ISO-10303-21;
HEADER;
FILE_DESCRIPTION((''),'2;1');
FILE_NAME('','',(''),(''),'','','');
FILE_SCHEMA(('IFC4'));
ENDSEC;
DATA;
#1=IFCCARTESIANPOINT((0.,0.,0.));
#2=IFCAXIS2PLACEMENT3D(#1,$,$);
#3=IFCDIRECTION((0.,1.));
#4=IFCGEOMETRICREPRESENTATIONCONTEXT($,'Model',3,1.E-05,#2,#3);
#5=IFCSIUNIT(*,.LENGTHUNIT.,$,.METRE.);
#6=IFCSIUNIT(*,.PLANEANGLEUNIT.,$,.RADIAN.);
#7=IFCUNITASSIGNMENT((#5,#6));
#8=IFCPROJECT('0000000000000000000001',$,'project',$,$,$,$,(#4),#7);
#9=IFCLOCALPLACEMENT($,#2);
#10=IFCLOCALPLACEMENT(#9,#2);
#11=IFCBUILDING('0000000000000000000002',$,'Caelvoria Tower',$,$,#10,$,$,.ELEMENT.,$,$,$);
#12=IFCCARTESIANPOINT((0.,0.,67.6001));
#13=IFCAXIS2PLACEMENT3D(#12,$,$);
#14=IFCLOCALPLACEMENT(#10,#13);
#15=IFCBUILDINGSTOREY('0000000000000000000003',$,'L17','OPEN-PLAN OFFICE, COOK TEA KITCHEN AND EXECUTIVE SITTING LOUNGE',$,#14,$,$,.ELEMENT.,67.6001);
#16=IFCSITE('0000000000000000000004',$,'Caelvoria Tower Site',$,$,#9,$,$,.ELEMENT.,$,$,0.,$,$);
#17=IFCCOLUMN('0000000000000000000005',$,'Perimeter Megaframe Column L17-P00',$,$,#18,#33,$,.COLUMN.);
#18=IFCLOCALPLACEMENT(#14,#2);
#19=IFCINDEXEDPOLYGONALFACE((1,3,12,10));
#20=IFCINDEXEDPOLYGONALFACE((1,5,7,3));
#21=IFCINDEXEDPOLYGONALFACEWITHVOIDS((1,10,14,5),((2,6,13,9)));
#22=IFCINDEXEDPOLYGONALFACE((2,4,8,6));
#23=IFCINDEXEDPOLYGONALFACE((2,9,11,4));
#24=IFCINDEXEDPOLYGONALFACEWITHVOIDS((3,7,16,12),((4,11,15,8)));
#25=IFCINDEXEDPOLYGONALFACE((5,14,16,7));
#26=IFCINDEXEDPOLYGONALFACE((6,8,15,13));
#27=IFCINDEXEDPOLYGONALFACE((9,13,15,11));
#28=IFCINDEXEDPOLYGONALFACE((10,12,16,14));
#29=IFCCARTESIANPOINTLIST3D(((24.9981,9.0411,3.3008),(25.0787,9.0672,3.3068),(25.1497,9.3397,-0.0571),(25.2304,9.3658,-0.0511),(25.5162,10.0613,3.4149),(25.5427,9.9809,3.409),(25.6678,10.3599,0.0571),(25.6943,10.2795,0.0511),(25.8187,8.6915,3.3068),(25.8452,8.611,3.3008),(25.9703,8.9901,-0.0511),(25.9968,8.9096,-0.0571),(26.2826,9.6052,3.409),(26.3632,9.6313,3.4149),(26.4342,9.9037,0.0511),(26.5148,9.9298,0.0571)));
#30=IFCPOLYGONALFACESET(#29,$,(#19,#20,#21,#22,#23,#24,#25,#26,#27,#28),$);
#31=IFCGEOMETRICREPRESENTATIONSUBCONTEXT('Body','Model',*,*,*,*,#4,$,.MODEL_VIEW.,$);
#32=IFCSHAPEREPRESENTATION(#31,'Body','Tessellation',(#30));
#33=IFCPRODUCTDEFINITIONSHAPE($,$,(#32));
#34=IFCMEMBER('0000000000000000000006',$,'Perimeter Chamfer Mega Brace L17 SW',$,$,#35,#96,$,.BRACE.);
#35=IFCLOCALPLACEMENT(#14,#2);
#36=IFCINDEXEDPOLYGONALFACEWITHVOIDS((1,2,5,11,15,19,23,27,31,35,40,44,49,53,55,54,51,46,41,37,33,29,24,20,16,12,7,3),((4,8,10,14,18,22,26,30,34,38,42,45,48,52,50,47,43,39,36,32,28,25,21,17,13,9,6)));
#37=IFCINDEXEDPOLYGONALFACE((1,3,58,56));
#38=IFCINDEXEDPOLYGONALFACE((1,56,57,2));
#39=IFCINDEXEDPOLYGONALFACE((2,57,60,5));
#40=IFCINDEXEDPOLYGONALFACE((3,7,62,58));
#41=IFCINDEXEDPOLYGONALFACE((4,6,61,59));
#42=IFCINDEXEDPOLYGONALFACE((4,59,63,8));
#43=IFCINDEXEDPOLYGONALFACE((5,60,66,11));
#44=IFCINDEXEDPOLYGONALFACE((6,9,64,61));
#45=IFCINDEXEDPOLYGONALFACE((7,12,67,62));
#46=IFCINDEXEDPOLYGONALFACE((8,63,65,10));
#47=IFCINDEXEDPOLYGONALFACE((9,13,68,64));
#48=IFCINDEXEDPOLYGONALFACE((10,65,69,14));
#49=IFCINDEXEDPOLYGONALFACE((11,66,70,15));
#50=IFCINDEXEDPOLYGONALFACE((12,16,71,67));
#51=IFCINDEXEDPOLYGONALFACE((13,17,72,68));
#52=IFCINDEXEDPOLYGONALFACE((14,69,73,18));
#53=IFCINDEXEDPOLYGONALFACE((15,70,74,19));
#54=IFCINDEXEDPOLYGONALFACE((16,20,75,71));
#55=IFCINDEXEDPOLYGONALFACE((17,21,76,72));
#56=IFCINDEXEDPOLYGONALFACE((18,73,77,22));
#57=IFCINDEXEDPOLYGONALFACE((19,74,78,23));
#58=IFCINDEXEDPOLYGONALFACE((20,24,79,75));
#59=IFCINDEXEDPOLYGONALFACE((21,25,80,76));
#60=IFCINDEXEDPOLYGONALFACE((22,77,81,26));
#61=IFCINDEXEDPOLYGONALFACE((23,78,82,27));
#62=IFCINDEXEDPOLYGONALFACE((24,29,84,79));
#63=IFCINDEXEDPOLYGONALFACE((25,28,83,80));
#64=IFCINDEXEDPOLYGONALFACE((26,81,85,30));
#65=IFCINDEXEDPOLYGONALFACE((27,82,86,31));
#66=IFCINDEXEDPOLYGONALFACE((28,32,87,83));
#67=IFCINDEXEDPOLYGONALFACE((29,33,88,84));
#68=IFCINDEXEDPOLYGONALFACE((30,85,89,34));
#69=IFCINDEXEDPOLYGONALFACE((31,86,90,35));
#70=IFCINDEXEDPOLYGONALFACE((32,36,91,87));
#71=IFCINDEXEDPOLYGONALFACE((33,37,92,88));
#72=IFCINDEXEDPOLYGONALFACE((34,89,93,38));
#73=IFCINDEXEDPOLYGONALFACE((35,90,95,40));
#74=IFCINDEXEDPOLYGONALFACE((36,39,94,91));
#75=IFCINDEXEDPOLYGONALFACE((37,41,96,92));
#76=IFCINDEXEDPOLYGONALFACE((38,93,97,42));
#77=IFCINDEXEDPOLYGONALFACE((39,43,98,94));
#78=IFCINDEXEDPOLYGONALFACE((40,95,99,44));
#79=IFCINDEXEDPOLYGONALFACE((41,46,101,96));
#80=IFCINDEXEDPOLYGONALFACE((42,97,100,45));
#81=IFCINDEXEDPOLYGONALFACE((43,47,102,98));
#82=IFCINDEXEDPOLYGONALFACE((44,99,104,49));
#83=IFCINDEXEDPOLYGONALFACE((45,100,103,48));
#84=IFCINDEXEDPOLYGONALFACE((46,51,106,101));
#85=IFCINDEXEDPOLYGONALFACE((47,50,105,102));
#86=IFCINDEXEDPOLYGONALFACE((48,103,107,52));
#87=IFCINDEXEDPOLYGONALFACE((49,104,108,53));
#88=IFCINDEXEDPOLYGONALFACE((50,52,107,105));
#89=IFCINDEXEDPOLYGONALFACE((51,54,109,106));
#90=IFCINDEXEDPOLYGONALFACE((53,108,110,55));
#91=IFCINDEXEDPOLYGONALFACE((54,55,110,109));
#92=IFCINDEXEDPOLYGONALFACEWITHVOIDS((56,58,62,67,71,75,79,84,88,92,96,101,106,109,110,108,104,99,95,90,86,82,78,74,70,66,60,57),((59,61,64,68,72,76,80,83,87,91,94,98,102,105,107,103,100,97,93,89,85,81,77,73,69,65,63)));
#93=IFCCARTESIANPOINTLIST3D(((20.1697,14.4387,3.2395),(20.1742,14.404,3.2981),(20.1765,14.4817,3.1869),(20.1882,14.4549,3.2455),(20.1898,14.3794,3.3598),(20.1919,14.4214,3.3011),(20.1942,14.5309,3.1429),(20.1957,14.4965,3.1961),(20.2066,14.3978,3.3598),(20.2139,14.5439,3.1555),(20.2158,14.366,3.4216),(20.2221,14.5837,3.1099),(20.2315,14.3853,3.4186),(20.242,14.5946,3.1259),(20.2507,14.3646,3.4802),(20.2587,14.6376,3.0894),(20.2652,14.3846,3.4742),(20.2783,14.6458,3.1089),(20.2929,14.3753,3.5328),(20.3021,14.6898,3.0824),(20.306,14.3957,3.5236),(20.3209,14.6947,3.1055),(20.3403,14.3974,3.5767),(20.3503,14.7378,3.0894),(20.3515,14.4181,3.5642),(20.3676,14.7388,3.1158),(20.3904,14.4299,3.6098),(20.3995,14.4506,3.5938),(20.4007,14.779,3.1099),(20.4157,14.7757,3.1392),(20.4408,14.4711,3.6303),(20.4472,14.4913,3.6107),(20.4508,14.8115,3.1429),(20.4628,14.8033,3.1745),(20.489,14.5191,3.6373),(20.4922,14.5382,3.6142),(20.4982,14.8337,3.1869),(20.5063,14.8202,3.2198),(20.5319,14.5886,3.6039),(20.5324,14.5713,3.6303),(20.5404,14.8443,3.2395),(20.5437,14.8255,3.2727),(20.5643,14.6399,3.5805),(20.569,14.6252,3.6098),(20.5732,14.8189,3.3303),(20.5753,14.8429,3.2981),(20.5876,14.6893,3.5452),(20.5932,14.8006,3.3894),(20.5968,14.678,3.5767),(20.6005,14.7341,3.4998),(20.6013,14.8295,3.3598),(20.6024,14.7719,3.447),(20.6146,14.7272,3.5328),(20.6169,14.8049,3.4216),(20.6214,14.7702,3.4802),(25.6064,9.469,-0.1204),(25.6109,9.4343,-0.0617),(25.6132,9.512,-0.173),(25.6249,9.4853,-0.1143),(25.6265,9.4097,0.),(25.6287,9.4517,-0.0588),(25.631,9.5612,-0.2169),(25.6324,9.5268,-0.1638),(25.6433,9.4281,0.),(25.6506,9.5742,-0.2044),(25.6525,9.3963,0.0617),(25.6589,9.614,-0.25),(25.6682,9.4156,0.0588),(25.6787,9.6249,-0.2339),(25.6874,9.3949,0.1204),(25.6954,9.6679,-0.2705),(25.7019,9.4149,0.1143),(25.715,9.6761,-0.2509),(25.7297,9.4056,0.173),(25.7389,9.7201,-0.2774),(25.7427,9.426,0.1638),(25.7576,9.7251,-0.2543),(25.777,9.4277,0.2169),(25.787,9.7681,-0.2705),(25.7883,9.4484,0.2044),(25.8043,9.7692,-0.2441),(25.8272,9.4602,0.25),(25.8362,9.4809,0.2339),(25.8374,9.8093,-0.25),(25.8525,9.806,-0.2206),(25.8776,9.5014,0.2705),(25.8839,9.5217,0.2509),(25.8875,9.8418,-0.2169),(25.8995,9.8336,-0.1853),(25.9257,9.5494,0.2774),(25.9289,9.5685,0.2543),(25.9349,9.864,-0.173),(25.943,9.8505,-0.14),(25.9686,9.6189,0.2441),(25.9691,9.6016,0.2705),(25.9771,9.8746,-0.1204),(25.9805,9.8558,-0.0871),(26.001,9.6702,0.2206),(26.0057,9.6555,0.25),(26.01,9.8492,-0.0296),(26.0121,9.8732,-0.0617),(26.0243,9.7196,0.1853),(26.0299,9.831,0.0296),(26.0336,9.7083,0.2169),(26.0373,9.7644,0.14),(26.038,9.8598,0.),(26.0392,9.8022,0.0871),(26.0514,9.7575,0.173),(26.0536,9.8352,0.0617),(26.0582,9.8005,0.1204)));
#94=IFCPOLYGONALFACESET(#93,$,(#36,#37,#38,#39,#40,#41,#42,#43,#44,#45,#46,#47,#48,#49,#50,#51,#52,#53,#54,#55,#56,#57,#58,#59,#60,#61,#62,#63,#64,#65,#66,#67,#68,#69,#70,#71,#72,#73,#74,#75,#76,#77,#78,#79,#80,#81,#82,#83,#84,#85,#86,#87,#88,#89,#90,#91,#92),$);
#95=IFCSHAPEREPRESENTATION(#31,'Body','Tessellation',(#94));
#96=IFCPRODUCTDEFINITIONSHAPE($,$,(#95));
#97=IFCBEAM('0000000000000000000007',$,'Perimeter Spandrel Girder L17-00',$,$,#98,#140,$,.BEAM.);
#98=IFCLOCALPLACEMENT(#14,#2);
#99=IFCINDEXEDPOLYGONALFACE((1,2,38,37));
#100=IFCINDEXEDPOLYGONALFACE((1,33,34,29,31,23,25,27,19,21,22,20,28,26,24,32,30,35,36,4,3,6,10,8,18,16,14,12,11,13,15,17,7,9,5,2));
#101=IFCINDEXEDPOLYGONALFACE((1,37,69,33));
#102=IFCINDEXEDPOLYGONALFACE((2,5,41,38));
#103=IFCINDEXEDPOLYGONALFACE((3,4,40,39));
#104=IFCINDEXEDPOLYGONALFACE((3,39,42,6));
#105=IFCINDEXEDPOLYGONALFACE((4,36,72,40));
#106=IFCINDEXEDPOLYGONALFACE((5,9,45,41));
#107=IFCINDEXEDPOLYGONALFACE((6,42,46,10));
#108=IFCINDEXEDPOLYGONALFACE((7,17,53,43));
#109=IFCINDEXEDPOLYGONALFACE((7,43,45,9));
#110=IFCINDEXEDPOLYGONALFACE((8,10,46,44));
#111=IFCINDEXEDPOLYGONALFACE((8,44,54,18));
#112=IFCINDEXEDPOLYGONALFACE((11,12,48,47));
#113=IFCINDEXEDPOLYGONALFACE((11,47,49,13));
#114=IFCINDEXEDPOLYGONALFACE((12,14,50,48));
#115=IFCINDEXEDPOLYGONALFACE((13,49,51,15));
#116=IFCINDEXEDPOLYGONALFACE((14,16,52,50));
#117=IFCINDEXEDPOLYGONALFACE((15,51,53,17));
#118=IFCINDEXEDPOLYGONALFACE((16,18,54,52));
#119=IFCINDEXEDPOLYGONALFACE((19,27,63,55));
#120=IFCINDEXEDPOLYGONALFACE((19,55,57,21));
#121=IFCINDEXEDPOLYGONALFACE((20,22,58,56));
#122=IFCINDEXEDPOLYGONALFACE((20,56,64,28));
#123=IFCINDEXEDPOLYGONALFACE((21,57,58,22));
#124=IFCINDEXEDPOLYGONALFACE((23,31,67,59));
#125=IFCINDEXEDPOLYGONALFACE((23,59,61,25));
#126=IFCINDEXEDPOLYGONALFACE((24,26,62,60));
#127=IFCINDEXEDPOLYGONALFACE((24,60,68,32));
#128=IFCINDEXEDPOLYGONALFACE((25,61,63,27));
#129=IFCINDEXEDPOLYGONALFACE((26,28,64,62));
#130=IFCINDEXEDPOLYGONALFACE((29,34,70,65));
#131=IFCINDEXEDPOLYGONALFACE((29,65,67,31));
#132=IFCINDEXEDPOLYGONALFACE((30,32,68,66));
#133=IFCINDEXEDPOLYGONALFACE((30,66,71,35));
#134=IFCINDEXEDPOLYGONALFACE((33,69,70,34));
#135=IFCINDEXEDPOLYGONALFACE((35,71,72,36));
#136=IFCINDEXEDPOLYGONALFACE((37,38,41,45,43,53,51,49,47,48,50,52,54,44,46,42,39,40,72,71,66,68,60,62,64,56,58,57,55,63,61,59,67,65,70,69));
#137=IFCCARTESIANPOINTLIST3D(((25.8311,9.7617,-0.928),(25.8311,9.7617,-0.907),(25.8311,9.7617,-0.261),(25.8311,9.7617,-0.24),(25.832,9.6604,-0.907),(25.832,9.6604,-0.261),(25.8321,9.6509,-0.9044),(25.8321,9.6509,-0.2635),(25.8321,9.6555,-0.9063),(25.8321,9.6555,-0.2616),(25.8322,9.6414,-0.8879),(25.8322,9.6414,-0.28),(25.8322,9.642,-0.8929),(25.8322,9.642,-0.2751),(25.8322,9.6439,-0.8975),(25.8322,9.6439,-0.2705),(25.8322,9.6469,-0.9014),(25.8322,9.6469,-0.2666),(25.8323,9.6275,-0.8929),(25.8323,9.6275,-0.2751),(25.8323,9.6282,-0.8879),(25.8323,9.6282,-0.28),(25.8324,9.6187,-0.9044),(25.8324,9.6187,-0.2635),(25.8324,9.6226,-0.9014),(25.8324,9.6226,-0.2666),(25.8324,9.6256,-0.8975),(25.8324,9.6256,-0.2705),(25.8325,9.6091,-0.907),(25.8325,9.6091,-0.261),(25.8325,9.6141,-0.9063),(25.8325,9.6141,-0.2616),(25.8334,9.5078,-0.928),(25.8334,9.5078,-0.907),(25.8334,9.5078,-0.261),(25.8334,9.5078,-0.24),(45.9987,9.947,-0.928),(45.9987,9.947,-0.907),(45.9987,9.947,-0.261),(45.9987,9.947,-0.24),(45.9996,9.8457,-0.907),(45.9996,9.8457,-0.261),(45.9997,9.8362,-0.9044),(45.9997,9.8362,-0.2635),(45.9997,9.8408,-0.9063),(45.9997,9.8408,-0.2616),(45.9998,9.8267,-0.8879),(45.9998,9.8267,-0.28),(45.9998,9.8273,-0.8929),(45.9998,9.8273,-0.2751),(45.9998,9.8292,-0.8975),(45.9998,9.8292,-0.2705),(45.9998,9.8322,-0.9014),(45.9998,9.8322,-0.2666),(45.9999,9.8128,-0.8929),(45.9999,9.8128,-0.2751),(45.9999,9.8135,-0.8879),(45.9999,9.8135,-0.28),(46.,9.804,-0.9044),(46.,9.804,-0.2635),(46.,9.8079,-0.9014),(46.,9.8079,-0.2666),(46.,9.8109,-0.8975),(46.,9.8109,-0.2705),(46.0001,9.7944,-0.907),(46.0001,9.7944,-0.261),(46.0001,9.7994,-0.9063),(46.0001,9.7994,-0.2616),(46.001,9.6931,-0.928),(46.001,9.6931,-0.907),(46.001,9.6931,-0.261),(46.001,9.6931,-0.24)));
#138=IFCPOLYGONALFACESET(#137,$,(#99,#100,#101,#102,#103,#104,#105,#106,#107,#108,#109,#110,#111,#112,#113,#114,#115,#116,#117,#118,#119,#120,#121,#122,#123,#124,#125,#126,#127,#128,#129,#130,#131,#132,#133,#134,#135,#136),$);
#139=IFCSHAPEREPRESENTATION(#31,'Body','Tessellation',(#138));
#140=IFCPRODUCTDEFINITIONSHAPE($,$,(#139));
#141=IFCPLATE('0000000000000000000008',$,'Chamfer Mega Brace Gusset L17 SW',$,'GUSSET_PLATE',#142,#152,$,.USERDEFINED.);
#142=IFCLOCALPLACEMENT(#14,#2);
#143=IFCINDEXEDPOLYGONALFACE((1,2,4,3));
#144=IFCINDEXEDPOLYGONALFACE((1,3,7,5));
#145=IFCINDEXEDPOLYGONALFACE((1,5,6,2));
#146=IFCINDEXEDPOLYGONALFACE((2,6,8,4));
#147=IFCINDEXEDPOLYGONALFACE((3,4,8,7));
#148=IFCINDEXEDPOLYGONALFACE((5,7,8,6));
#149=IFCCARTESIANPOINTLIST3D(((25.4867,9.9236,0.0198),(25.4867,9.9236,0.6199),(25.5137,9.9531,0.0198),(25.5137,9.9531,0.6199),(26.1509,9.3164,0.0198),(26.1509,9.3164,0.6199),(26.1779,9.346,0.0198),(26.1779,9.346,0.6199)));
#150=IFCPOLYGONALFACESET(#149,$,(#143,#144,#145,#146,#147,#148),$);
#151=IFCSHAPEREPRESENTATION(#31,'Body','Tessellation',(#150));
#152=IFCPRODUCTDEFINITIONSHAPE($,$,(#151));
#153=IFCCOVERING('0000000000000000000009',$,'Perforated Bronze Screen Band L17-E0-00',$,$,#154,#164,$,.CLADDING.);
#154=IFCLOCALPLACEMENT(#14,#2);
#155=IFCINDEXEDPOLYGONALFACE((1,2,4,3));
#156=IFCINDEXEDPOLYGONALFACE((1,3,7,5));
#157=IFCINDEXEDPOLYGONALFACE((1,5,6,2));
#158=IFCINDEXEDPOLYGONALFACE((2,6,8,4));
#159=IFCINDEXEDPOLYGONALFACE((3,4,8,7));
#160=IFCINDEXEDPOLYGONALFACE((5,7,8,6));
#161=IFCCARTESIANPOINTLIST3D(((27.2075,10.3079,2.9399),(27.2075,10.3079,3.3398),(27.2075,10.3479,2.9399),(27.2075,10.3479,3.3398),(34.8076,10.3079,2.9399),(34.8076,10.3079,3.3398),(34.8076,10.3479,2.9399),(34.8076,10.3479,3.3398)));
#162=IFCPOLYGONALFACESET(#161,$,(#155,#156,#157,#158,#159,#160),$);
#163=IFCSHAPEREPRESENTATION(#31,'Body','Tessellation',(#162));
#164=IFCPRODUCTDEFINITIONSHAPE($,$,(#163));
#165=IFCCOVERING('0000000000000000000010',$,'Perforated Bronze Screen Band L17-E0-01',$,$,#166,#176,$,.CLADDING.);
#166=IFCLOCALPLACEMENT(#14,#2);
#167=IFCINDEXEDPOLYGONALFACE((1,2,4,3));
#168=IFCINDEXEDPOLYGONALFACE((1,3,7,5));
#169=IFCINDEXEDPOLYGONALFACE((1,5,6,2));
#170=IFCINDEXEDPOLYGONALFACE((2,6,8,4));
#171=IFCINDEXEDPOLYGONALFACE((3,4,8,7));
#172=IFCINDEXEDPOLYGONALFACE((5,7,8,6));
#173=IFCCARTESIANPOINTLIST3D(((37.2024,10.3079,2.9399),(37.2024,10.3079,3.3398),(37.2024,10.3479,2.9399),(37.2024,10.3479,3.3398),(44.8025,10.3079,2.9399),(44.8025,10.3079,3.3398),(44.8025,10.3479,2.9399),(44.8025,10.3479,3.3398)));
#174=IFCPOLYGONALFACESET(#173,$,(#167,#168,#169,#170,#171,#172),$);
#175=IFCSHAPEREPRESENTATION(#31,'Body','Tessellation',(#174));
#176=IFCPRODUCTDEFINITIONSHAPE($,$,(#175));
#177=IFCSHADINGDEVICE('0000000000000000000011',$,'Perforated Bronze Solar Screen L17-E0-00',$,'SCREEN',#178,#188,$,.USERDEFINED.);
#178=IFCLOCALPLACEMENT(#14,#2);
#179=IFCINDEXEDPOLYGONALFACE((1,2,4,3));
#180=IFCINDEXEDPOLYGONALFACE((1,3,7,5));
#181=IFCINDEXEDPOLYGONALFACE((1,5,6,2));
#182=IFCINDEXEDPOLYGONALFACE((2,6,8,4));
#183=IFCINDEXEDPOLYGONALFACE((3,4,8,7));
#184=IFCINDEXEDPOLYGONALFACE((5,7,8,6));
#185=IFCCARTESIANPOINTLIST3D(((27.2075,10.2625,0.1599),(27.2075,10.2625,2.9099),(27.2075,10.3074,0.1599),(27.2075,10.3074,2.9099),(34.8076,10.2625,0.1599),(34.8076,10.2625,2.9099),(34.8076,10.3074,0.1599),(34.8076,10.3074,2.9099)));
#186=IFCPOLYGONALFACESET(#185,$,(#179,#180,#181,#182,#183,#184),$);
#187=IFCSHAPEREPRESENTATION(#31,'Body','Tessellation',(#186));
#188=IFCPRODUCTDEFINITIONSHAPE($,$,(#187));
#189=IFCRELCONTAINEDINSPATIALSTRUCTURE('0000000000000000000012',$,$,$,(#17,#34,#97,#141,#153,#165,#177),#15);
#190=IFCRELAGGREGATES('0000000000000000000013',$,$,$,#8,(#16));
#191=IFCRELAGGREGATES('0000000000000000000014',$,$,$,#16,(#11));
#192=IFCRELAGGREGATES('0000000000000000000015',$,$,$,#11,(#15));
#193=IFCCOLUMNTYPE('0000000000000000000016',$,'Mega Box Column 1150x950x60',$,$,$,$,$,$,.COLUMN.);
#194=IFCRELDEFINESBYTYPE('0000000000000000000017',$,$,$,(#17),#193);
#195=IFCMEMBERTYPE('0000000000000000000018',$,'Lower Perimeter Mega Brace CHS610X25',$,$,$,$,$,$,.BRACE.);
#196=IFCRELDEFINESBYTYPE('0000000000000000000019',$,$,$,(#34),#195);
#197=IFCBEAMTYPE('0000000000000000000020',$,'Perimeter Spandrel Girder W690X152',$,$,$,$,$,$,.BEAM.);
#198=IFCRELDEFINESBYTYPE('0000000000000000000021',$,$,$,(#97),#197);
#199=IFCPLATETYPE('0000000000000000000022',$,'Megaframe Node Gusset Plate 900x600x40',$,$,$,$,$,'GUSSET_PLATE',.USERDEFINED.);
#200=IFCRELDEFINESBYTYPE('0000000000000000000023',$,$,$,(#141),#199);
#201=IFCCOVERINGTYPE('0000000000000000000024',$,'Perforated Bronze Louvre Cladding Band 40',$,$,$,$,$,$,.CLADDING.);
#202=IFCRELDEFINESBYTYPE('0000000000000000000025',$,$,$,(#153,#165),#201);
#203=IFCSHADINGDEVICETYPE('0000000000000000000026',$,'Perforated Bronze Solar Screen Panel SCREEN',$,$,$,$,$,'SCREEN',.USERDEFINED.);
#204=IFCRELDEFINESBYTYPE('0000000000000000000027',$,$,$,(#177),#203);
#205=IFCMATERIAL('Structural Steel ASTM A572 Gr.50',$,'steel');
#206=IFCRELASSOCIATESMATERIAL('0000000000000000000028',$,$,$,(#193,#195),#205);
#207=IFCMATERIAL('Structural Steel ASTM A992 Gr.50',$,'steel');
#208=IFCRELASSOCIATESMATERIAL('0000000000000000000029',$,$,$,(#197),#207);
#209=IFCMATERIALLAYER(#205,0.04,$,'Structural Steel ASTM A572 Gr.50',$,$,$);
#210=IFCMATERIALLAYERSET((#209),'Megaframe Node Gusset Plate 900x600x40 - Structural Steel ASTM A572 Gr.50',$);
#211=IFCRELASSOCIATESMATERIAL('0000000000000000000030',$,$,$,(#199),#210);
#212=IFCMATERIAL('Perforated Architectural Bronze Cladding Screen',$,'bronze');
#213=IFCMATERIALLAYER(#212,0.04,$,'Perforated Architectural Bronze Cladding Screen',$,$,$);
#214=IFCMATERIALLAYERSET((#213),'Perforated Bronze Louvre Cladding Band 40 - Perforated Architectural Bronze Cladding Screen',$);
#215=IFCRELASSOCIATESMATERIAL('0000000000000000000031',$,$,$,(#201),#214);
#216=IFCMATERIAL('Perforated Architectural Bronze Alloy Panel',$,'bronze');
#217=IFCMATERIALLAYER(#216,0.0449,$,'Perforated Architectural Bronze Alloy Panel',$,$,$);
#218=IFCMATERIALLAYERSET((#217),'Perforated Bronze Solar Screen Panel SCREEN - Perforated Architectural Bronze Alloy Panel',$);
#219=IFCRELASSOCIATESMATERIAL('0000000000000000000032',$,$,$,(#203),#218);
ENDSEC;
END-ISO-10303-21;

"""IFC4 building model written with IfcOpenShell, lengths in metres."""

from ifc_helpers import new_model, si_unit, direction, frame, origin, origin_2d, place, context, subcontext, project, spatial, rectangle, hollow_rectangle, hollow_circle, i_section, extrude, material, layer, layer_set, material_profile, profile_set, type_object, element, save


model = new_model("IFC4")

# Units and contexts
model_context = context("Model", 3, precision=1e-05, world=origin(), true_north=direction((0.0, 1.0)))
body_context = subcontext(model_context, "Body", "Model", "MODEL_VIEW")
ifc_project = project(units=[si_unit("LENGTHUNIT", "METRE"), si_unit("PLANEANGLEUNIT", "RADIAN")], contexts=[model_context])

# Site, building, storey
site_placement = place(None, origin())
site = spatial("IfcSite", under=ifc_project, at=site_placement, Name="Caelvoria Tower Site", CompositionType="ELEMENT", RefElevation=0.0)
building_placement = place(site_placement, origin())
building = spatial("IfcBuilding", under=site, at=building_placement, Name="Caelvoria Tower", CompositionType="ELEMENT")
storey_placement = place(building_placement, frame((0.0, 0.0, 67.6001)))
storey = spatial("IfcBuildingStorey", under=building, at=storey_placement, Name="L17", Description="OPEN-PLAN OFFICE, COOK TEA KITCHEN AND EXECUTIVE SITTING LOUNGE", CompositionType="ELEMENT", Elevation=67.6001)

# Column
ifc_material_1 = material(Name="Structural Steel ASTM A572 Gr.50", Category="steel")
ifc_material_profile_1 = material_profile(ifc_material_1, hollow_rectangle(XDim=0.95, YDim=1.1499, WallThickness=0.0601, at=origin_2d()), Name="Structural Steel ASTM A572 Gr.50")
ifc_profile_set_1 = profile_set([ifc_material_profile_1], Name="BOX1150X950X60 - Structural Steel ASTM A572 Gr.50")
column_type = type_object("IfcColumnType", Name="Mega Box Column 1150x950x60", PredefinedType="COLUMN", material=ifc_profile_set_1)
column_placement = place(storey_placement, frame((25.8323, 9.6348, 0.0), z_axis=(-0.044928, -0.088481, 0.995064), x_axis=(0.89164, -0.452746, 0.0)))
element("IfcColumn", 1, at=column_placement, inside=storey, type_object=column_type, Name="Perimeter Megaframe Column L17-P00", PredefinedType="COLUMN", context=body_context, shape_type="SweptSolid", body=[
    extrude(hollow_rectangle(XDim=0.95, YDim=1.1499, WallThickness=0.0601, at=origin_2d()), origin(), (0.0, 0.0, 1.0), 3.3745),
])

# Member
ifc_material_profile_2 = material_profile(ifc_material_1, hollow_circle(Radius=0.3049, WallThickness=0.0249, at=origin_2d()), Name="Structural Steel ASTM A572 Gr.50")
ifc_profile_set_2 = profile_set([ifc_material_profile_2], Name="CHS610X25 - Structural Steel ASTM A572 Gr.50")
member_type = type_object("IfcMemberType", Name="Lower Perimeter Mega Brace CHS610X25", PredefinedType="BRACE", material=ifc_profile_set_2)
member_placement = place(storey_placement, frame((25.8323, 9.6348, 0.0), z_axis=(-0.671537, 0.613849, 0.415003), x_axis=(-0.674693, -0.738099, 0.0)))
element("IfcMember", 2, at=member_placement, inside=storey, type_object=member_type, Name="Perimeter Chamfer Mega Brace L17 SW", PredefinedType="BRACE", context=body_context, shape_type="SweptSolid", body=[
    extrude(hollow_circle(Radius=0.3049, WallThickness=0.0249, at=origin_2d()), origin(), (0.0, 0.0, 1.0), 8.0959),
])

# Beam
ifc_material_2 = material(Name="Structural Steel ASTM A992 Gr.50", Category="steel")
ifc_material_profile_3 = material_profile(ifc_material_2, i_section(OverallWidth=0.2539, OverallDepth=0.688, WebThickness=0.0132, FlangeThickness=0.021, FilletRadius=0.019, at=origin_2d()), Name="Structural Steel ASTM A992 Gr.50")
ifc_profile_set_3 = profile_set([ifc_material_profile_3], Name="W690X152 - Structural Steel ASTM A992 Gr.50")
beam_type = type_object("IfcBeamType", Name="Perimeter Spandrel Girder W690X152", PredefinedType="BEAM", material=ifc_profile_set_3)
beam_placement = place(storey_placement, frame((25.8323, 9.6348, -0.584), z_axis=(0.999958, 0.009188, 0.0), x_axis=(-0.009188, 0.999958, 0.0)))
element("IfcBeam", 3, at=beam_placement, inside=storey, type_object=beam_type, Name="Perimeter Spandrel Girder L17-00", PredefinedType="BEAM", context=body_context, shape_type="SweptSolid", body=[
    extrude(i_section(OverallWidth=0.2539, OverallDepth=0.688, WebThickness=0.0132, FlangeThickness=0.021, FilletRadius=0.019, at=origin_2d()), origin(), (0.0, 0.0, 1.0), 20.1685),
])

# Plate
ifc_layer_1 = layer(ifc_material_1, 0.04, Name="Structural Steel ASTM A572 Gr.50")
ifc_layer_set_1 = layer_set([ifc_layer_1], Name="Megaframe Node Gusset Plate 900x600x40 - Structural Steel ASTM A572 Gr.50")
plate_type = type_object("IfcPlateType", Name="Megaframe Node Gusset Plate 900x600x40", ElementType="GUSSET_PLATE", PredefinedType="USERDEFINED", material=ifc_layer_set_1)
plate_placement = place(storey_placement, frame((25.8323, 9.6348, 0.0198), z_axis=(0.0, 0.0, 1.0), x_axis=(-0.738076, 0.674717, 0.0)))
element("IfcPlate", 4, at=plate_placement, inside=storey, type_object=plate_type, Name="Chamfer Mega Brace Gusset L17 SW", ObjectType="GUSSET_PLATE", PredefinedType="USERDEFINED", context=body_context, shape_type="SweptSolid", body=[
    extrude(rectangle(XDim=0.8999, YDim=0.04, at=origin_2d()), origin(), (0.0, 0.0, 1.0), 0.6001),
])

# Coverings
ifc_material_3 = material(Name="Perforated Architectural Bronze Cladding Screen", Category="bronze")
ifc_layer_2 = layer(ifc_material_3, 0.04, Name="Perforated Architectural Bronze Cladding Screen")
ifc_layer_set_2 = layer_set([ifc_layer_2], Name="Perforated Bronze Louvre Cladding Band 40 - Perforated Architectural Bronze Cladding Screen")
covering_type = type_object("IfcCoveringType", Name="Perforated Bronze Louvre Cladding Band 40", PredefinedType="CLADDING", material=ifc_layer_set_2)
for number, where, z_axis, x_axis, name in (
    (5, (31.0076, 10.3279, 2.9399), (0.0, 0.0, 1.0), (1.0, 0.0, 0.0), "Perforated Bronze Screen Band L17-E0-00"),
    (6, (41.0024, 10.3279, 2.9399), (0.0, 0.0, 1.0), (1.0, 0.0, 0.0), "Perforated Bronze Screen Band L17-E0-01"),
):
    element("IfcCovering", number, at=place(storey_placement, frame(where, z_axis=z_axis, x_axis=x_axis)), inside=storey, type_object=covering_type, Name=name, PredefinedType="CLADDING", context=body_context, shape_type="SweptSolid", body=[
        extrude(rectangle(XDim=7.6001, YDim=0.04, at=origin_2d()), origin(), (0.0, 0.0, 1.0), 0.3999),
    ])

# Shading device
ifc_material_4 = material(Name="Perforated Architectural Bronze Alloy Panel", Category="bronze")
ifc_layer_3 = layer(ifc_material_4, 0.0449, Name="Perforated Architectural Bronze Alloy Panel")
ifc_layer_set_3 = layer_set([ifc_layer_3], Name="Perforated Bronze Solar Screen Panel SCREEN - Perforated Architectural Bronze Alloy Panel")
shading_device_type = type_object("IfcShadingDeviceType", Name="Perforated Bronze Solar Screen Panel SCREEN", ElementType="SCREEN", PredefinedType="USERDEFINED", material=ifc_layer_set_3)
for number, where, z_axis, x_axis, name in (
    (7, (31.0076, 10.2849, 0.1599), (0.0, 0.0, 1.0), (1.0, 0.0, 0.0), "Perforated Bronze Solar Screen L17-E0-00"),
):
    element("IfcShadingDevice", number, at=place(storey_placement, frame(where, z_axis=z_axis, x_axis=x_axis)), inside=storey, type_object=shading_device_type, Name=name, ObjectType="SCREEN", PredefinedType="USERDEFINED", context=body_context, shape_type="SweptSolid", body=[
        extrude(rectangle(XDim=7.6001, YDim=0.0449, at=origin_2d()), origin(), (0.0, 0.0, 1.0), 2.75),
    ])

save(model, "model.ifc")
